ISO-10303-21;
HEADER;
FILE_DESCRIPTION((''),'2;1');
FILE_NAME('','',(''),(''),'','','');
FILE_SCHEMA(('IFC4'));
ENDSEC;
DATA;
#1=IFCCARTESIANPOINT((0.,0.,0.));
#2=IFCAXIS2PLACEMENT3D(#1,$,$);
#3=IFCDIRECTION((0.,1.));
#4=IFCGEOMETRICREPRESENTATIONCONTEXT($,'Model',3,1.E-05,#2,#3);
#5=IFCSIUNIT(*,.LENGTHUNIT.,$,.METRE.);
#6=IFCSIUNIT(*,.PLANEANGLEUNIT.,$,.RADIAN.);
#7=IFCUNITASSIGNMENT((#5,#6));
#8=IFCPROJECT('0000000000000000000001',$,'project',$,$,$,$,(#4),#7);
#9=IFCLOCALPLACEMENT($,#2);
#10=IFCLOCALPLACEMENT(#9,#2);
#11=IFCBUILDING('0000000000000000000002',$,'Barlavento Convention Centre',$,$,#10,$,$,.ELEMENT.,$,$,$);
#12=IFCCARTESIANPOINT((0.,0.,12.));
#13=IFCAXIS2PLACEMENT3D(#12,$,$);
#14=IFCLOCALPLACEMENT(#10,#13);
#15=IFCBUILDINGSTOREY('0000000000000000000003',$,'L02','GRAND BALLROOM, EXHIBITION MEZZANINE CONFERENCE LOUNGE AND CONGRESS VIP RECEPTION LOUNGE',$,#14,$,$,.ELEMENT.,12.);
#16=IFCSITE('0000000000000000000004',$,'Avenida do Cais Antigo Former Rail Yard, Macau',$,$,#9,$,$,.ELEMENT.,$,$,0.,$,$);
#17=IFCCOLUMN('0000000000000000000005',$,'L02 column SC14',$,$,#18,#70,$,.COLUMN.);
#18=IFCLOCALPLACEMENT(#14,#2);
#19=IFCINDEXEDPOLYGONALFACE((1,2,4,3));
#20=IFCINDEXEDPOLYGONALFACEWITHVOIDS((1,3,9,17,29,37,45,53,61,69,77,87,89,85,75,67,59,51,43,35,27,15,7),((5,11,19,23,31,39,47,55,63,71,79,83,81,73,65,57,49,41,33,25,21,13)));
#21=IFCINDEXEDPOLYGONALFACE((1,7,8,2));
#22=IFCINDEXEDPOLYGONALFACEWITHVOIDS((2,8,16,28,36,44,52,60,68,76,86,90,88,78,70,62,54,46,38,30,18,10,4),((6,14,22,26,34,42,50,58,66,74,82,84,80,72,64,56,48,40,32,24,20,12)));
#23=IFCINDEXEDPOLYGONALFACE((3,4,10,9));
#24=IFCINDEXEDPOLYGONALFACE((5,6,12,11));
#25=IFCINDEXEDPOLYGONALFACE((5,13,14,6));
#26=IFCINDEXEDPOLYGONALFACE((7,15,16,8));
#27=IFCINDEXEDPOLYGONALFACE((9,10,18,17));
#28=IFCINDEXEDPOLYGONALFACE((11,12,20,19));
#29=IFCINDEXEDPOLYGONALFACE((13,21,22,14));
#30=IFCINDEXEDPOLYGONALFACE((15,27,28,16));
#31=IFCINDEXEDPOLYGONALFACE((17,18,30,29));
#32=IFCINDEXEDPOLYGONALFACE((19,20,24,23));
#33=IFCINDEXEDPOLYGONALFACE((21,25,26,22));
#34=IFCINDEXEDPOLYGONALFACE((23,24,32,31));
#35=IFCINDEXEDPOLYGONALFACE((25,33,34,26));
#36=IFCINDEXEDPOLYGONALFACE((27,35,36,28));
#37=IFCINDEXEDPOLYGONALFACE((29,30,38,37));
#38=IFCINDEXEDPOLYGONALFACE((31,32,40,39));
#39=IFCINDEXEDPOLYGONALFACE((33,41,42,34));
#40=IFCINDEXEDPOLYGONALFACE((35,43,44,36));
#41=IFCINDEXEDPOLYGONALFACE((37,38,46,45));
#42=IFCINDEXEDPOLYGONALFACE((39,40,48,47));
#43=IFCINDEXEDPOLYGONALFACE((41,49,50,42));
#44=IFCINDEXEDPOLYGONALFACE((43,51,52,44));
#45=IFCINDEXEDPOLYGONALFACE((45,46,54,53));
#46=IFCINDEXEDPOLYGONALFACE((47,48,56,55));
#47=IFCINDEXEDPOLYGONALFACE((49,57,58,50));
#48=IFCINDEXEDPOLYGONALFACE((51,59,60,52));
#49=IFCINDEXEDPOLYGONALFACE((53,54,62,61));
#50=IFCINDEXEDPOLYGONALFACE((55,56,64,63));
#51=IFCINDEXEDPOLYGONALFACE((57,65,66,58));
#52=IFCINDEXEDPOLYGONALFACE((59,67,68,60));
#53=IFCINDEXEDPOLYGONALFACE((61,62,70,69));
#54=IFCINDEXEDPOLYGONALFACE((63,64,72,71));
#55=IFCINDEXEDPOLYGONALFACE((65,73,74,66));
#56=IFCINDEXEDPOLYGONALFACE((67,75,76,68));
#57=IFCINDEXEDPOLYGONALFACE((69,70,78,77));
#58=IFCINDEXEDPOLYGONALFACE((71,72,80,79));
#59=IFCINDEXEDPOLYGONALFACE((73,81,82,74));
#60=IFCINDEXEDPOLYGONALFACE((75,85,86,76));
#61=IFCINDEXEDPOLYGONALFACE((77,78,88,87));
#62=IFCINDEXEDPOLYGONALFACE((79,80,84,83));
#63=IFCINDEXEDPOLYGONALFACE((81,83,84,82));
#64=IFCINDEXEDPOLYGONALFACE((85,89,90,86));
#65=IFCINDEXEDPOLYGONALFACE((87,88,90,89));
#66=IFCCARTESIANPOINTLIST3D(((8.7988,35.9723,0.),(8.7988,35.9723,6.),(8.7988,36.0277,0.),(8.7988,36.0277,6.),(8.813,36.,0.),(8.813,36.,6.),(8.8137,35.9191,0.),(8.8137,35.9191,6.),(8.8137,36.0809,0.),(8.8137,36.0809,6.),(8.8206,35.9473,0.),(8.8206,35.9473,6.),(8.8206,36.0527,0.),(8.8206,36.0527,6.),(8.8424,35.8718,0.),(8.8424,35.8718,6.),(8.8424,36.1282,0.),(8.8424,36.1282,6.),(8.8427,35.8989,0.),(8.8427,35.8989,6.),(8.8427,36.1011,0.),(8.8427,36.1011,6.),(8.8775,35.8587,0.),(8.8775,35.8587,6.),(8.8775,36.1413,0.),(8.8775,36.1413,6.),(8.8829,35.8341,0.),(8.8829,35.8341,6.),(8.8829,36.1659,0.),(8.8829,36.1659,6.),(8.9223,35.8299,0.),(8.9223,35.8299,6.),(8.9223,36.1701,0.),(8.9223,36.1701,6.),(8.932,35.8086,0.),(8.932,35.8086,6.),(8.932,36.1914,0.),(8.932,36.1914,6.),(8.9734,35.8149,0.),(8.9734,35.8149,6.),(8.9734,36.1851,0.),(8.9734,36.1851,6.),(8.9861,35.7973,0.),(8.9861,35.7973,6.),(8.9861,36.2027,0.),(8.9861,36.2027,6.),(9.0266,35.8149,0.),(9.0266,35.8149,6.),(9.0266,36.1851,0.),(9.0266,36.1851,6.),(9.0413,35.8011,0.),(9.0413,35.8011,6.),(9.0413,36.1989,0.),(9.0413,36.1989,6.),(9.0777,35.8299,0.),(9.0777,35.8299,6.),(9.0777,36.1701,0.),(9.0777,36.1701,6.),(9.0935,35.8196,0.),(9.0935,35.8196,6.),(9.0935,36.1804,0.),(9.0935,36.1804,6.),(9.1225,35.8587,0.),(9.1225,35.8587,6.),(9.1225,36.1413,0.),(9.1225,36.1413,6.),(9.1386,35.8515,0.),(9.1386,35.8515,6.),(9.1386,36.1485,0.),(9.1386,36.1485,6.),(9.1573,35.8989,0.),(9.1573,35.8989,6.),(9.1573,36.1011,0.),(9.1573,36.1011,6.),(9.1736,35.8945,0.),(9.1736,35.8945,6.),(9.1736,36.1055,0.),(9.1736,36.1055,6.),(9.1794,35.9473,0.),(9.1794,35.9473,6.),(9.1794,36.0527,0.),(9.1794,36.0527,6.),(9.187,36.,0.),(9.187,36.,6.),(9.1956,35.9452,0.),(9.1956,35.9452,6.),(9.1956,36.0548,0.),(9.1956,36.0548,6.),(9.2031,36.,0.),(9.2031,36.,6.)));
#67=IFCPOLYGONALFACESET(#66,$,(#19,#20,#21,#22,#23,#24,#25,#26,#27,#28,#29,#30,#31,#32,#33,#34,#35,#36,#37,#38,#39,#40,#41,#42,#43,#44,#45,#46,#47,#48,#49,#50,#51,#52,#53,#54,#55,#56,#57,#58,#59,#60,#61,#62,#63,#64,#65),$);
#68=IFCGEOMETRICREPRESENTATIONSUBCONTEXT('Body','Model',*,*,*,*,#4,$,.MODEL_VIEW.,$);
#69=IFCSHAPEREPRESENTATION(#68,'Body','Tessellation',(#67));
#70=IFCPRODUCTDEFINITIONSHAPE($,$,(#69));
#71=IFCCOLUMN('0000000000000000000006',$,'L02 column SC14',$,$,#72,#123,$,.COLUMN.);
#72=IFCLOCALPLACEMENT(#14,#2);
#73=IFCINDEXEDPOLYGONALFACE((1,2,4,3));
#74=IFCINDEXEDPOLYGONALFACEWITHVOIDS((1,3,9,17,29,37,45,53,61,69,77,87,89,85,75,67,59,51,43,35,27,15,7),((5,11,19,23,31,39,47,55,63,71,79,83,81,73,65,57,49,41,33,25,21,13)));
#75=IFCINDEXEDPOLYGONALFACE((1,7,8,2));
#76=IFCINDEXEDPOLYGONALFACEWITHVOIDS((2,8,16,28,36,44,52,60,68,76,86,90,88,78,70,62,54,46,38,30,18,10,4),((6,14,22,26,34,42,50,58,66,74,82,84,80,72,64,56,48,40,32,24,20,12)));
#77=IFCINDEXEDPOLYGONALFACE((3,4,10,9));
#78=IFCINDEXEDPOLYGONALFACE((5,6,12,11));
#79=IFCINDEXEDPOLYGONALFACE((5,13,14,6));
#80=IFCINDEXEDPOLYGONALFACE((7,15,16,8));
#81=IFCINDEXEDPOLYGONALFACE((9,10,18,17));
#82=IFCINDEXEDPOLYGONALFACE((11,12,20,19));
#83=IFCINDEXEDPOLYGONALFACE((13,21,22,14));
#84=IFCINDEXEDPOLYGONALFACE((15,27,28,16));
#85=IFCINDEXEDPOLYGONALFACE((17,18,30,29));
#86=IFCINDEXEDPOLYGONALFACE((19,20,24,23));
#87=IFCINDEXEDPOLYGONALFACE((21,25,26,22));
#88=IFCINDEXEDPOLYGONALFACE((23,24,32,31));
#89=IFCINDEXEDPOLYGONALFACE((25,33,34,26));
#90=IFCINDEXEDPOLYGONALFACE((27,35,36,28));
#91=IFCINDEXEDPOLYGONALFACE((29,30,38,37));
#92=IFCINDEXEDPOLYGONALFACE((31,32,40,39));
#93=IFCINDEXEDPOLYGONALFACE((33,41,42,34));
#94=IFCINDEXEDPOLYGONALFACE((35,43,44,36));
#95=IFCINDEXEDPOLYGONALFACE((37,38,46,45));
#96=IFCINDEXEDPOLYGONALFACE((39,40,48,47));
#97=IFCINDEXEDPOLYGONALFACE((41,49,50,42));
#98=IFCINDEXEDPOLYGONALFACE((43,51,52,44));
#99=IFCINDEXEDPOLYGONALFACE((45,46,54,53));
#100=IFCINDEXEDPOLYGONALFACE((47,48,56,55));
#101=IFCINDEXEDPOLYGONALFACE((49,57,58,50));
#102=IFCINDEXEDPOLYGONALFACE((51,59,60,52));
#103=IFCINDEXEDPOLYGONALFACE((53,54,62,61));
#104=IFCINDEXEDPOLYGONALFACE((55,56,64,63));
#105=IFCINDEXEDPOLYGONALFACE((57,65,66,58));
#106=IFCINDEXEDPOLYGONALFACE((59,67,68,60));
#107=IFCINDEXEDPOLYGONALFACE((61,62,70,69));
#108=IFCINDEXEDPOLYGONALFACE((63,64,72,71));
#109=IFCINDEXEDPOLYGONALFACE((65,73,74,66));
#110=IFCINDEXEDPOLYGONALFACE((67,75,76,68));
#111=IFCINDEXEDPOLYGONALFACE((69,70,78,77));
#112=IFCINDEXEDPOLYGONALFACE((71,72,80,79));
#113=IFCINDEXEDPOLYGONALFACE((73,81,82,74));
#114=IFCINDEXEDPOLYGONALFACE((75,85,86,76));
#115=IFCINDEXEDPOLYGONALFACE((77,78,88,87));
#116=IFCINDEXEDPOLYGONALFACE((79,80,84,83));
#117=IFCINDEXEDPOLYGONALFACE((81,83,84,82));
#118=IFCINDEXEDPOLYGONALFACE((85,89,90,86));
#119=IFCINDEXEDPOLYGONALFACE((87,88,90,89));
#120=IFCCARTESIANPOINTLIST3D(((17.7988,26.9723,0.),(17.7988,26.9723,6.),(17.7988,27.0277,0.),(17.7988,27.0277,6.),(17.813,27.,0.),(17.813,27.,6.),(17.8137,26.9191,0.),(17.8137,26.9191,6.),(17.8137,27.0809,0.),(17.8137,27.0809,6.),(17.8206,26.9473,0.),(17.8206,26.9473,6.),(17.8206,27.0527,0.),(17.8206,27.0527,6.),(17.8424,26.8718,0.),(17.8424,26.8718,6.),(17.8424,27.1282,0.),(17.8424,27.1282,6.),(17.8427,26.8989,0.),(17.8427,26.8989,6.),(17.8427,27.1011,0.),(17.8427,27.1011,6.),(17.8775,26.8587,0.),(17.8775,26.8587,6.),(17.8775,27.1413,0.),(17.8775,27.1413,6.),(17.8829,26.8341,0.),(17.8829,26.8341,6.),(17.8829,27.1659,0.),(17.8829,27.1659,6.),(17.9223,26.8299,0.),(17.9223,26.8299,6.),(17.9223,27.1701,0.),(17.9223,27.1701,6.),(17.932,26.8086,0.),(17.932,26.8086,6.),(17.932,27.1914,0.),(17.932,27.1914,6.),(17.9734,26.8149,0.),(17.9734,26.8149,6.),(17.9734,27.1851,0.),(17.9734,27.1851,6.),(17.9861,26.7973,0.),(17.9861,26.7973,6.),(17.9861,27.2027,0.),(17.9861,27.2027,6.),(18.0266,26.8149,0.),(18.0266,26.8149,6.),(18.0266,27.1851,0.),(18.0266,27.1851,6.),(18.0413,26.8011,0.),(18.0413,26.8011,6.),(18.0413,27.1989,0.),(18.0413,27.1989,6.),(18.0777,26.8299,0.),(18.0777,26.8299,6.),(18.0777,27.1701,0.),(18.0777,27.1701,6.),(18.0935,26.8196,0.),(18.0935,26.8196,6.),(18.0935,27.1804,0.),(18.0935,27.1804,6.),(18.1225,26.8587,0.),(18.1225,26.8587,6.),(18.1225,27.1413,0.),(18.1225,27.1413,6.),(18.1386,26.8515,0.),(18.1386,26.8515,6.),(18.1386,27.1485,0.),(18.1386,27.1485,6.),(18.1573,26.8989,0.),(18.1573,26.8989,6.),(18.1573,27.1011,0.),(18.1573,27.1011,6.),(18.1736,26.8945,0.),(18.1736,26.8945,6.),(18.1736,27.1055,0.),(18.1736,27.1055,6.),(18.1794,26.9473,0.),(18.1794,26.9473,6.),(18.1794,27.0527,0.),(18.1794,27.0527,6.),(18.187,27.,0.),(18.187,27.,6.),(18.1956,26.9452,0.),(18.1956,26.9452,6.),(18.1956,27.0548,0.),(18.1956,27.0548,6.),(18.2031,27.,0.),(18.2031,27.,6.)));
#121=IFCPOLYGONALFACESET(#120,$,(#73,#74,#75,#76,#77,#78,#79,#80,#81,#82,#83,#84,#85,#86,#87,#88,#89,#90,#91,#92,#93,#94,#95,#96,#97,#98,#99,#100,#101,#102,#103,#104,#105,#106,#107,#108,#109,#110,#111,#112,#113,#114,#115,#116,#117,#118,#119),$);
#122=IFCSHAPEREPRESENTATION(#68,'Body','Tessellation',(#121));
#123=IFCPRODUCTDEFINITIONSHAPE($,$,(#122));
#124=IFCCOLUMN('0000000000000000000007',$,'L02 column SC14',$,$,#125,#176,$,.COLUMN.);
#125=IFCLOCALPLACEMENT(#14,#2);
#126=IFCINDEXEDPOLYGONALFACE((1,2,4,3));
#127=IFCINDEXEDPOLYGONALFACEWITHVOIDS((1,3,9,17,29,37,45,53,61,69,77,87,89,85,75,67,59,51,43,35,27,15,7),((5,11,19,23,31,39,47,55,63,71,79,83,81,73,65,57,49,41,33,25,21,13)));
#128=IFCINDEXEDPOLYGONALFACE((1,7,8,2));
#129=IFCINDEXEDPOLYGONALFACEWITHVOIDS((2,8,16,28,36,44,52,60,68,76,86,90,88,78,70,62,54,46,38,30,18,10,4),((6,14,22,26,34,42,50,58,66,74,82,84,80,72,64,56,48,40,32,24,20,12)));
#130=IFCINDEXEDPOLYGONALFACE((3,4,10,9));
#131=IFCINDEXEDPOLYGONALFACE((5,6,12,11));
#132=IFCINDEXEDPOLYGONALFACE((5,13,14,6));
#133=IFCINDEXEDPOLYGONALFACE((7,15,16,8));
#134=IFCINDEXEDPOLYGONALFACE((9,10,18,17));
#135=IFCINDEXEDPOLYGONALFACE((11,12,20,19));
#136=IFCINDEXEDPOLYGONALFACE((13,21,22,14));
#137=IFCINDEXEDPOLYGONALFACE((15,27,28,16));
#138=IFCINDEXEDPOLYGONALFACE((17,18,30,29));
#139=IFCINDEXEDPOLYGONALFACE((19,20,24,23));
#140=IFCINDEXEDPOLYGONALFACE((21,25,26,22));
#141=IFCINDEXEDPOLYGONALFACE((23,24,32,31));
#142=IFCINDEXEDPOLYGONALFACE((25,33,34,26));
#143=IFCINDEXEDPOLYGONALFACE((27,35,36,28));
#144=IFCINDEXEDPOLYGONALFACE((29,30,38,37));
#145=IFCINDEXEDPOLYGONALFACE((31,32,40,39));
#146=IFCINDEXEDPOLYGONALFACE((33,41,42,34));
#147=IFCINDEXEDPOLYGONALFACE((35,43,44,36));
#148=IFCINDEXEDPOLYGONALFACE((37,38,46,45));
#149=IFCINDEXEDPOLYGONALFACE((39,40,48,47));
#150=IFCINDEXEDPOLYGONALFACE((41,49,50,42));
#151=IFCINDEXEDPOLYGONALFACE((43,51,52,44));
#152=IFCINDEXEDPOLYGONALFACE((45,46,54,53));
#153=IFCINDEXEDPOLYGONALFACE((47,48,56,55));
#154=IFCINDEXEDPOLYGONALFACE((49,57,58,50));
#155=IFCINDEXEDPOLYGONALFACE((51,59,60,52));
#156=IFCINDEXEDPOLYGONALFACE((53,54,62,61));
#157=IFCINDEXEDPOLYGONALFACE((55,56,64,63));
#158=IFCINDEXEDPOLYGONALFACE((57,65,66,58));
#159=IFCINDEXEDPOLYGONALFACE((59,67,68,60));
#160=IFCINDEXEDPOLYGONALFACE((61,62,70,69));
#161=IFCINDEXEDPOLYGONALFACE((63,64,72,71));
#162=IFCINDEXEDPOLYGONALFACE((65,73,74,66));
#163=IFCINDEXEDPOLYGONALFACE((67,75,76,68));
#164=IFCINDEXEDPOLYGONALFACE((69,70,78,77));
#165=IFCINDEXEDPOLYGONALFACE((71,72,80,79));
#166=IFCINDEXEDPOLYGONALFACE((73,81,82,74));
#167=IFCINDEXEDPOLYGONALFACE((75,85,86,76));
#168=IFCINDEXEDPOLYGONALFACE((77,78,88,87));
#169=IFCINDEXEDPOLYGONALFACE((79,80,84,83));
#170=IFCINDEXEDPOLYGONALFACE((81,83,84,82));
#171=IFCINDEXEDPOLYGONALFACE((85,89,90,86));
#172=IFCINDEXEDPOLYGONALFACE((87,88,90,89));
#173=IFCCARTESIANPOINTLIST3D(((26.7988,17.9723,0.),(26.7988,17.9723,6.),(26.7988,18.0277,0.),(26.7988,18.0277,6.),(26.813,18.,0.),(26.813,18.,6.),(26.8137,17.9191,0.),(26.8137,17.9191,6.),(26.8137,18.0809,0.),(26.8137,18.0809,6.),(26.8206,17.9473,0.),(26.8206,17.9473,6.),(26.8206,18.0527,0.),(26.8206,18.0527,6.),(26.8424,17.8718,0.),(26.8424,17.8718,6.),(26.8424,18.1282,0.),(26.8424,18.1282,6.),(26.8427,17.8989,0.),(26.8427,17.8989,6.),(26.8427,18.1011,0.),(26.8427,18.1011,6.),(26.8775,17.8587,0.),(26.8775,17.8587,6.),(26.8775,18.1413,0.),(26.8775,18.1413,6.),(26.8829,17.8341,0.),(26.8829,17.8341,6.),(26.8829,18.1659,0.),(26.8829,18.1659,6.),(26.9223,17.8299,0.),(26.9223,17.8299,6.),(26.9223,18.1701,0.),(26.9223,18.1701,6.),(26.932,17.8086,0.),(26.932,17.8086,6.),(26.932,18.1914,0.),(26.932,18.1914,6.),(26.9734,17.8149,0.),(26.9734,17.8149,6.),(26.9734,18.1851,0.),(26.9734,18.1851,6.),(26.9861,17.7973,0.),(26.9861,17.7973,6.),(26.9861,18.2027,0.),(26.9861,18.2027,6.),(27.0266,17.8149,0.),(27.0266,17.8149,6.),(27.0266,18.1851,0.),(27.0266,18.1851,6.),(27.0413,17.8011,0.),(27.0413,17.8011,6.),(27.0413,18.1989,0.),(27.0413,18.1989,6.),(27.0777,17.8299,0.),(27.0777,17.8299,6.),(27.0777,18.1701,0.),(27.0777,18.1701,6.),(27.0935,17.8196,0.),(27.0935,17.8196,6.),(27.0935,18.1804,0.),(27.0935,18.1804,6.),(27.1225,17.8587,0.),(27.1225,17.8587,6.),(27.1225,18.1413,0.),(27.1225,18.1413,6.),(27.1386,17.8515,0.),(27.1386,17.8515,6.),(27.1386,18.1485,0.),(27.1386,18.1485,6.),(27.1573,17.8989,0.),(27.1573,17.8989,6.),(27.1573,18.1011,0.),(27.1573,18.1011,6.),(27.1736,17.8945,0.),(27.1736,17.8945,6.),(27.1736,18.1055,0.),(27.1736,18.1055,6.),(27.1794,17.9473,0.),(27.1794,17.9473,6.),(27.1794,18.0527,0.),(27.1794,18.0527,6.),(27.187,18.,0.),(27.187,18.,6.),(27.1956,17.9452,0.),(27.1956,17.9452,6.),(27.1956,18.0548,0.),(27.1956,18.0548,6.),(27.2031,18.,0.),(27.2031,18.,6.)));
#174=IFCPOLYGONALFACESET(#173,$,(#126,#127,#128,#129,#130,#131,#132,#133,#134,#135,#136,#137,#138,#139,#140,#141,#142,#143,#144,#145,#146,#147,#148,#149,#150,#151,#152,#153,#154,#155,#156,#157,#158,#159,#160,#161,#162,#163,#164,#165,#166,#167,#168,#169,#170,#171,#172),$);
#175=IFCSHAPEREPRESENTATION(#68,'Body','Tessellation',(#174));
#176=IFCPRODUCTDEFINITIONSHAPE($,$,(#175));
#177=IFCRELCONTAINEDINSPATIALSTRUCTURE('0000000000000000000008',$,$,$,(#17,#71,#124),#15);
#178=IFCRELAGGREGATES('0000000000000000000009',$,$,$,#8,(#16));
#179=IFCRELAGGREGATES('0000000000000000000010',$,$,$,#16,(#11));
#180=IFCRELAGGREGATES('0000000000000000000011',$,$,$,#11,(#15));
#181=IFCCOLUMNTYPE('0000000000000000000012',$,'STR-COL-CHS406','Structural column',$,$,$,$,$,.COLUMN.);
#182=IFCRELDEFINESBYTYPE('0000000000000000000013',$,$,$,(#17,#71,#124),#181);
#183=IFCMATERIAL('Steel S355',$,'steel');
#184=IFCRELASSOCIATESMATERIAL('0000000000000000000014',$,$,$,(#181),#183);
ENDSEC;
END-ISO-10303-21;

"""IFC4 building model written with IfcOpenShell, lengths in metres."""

from ifc_helpers import new_model, si_unit, direction, frame, origin, origin_2d, place, context, subcontext, project, spatial, hollow_circle, extrude, material, material_profile, profile_set, type_object, element, save


model = new_model("IFC4")

# Units and contexts
model_context = context("Model", 3, precision=1e-05, world=origin(), true_north=direction((0.0, 1.0)))
body_context = subcontext(model_context, "Body", "Model", "MODEL_VIEW")
ifc_project = project(units=[si_unit("LENGTHUNIT", "METRE"), si_unit("PLANEANGLEUNIT", "RADIAN")], contexts=[model_context])

# Site, building, storey
site_placement = place(None, origin())
site = spatial("IfcSite", under=ifc_project, at=site_placement, Name="Avenida do Cais Antigo Former Rail Yard, Macau", CompositionType="ELEMENT", RefElevation=0.0)
building_placement = place(site_placement, origin())
building = spatial("IfcBuilding", under=site, at=building_placement, Name="Barlavento Convention Centre", CompositionType="ELEMENT")
storey_placement = place(building_placement, frame((0.0, 0.0, 12.0)))
storey = spatial("IfcBuildingStorey", under=building, at=storey_placement, Name="L02", Description="GRAND BALLROOM, EXHIBITION MEZZANINE CONFERENCE LOUNGE AND CONGRESS VIP RECEPTION LOUNGE", CompositionType="ELEMENT", Elevation=12.0)

# Columns
ifc_material_1 = material(Name="Steel S355", Category="steel")
ifc_material_profile_1 = material_profile(ifc_material_1, hollow_circle(Radius=0.2031, WallThickness=0.0161, at=origin_2d()), Name="CHS 406.4x16.0")
ifc_profile_set_1 = profile_set([ifc_material_profile_1], Name="Steel S355")
column_type_1 = type_object("IfcColumnType", Name="STR-COL-CHS406", Description="Structural column", PredefinedType="COLUMN", material=ifc_profile_set_1)
for number, where, z_axis, x_axis, name in (
    (1, (9.0, 36.0, 0.0), (0.0, 0.0, 1.0), (1.0, 0.0, 0.0), "L02 column SC14"),
    (2, (18.0, 27.0, 0.0), (0.0, 0.0, 1.0), (1.0, 0.0, 0.0), "L02 column SC14"),
    (3, (27.0, 18.0, 0.0), (0.0, 0.0, 1.0), (1.0, 0.0, 0.0), "L02 column SC14"),
):
    element("IfcColumn", number, at=place(storey_placement, frame(where, z_axis=z_axis, x_axis=x_axis)), inside=storey, type_object=column_type_1, Name=name, PredefinedType="COLUMN", context=body_context, shape_type="SweptSolid", body=[
        extrude(hollow_circle(Radius=0.2031, WallThickness=0.0161, at=origin_2d()), origin(), (0.0, 0.0, 1.0), 6.0),
    ])

save(model, "model.ifc")
